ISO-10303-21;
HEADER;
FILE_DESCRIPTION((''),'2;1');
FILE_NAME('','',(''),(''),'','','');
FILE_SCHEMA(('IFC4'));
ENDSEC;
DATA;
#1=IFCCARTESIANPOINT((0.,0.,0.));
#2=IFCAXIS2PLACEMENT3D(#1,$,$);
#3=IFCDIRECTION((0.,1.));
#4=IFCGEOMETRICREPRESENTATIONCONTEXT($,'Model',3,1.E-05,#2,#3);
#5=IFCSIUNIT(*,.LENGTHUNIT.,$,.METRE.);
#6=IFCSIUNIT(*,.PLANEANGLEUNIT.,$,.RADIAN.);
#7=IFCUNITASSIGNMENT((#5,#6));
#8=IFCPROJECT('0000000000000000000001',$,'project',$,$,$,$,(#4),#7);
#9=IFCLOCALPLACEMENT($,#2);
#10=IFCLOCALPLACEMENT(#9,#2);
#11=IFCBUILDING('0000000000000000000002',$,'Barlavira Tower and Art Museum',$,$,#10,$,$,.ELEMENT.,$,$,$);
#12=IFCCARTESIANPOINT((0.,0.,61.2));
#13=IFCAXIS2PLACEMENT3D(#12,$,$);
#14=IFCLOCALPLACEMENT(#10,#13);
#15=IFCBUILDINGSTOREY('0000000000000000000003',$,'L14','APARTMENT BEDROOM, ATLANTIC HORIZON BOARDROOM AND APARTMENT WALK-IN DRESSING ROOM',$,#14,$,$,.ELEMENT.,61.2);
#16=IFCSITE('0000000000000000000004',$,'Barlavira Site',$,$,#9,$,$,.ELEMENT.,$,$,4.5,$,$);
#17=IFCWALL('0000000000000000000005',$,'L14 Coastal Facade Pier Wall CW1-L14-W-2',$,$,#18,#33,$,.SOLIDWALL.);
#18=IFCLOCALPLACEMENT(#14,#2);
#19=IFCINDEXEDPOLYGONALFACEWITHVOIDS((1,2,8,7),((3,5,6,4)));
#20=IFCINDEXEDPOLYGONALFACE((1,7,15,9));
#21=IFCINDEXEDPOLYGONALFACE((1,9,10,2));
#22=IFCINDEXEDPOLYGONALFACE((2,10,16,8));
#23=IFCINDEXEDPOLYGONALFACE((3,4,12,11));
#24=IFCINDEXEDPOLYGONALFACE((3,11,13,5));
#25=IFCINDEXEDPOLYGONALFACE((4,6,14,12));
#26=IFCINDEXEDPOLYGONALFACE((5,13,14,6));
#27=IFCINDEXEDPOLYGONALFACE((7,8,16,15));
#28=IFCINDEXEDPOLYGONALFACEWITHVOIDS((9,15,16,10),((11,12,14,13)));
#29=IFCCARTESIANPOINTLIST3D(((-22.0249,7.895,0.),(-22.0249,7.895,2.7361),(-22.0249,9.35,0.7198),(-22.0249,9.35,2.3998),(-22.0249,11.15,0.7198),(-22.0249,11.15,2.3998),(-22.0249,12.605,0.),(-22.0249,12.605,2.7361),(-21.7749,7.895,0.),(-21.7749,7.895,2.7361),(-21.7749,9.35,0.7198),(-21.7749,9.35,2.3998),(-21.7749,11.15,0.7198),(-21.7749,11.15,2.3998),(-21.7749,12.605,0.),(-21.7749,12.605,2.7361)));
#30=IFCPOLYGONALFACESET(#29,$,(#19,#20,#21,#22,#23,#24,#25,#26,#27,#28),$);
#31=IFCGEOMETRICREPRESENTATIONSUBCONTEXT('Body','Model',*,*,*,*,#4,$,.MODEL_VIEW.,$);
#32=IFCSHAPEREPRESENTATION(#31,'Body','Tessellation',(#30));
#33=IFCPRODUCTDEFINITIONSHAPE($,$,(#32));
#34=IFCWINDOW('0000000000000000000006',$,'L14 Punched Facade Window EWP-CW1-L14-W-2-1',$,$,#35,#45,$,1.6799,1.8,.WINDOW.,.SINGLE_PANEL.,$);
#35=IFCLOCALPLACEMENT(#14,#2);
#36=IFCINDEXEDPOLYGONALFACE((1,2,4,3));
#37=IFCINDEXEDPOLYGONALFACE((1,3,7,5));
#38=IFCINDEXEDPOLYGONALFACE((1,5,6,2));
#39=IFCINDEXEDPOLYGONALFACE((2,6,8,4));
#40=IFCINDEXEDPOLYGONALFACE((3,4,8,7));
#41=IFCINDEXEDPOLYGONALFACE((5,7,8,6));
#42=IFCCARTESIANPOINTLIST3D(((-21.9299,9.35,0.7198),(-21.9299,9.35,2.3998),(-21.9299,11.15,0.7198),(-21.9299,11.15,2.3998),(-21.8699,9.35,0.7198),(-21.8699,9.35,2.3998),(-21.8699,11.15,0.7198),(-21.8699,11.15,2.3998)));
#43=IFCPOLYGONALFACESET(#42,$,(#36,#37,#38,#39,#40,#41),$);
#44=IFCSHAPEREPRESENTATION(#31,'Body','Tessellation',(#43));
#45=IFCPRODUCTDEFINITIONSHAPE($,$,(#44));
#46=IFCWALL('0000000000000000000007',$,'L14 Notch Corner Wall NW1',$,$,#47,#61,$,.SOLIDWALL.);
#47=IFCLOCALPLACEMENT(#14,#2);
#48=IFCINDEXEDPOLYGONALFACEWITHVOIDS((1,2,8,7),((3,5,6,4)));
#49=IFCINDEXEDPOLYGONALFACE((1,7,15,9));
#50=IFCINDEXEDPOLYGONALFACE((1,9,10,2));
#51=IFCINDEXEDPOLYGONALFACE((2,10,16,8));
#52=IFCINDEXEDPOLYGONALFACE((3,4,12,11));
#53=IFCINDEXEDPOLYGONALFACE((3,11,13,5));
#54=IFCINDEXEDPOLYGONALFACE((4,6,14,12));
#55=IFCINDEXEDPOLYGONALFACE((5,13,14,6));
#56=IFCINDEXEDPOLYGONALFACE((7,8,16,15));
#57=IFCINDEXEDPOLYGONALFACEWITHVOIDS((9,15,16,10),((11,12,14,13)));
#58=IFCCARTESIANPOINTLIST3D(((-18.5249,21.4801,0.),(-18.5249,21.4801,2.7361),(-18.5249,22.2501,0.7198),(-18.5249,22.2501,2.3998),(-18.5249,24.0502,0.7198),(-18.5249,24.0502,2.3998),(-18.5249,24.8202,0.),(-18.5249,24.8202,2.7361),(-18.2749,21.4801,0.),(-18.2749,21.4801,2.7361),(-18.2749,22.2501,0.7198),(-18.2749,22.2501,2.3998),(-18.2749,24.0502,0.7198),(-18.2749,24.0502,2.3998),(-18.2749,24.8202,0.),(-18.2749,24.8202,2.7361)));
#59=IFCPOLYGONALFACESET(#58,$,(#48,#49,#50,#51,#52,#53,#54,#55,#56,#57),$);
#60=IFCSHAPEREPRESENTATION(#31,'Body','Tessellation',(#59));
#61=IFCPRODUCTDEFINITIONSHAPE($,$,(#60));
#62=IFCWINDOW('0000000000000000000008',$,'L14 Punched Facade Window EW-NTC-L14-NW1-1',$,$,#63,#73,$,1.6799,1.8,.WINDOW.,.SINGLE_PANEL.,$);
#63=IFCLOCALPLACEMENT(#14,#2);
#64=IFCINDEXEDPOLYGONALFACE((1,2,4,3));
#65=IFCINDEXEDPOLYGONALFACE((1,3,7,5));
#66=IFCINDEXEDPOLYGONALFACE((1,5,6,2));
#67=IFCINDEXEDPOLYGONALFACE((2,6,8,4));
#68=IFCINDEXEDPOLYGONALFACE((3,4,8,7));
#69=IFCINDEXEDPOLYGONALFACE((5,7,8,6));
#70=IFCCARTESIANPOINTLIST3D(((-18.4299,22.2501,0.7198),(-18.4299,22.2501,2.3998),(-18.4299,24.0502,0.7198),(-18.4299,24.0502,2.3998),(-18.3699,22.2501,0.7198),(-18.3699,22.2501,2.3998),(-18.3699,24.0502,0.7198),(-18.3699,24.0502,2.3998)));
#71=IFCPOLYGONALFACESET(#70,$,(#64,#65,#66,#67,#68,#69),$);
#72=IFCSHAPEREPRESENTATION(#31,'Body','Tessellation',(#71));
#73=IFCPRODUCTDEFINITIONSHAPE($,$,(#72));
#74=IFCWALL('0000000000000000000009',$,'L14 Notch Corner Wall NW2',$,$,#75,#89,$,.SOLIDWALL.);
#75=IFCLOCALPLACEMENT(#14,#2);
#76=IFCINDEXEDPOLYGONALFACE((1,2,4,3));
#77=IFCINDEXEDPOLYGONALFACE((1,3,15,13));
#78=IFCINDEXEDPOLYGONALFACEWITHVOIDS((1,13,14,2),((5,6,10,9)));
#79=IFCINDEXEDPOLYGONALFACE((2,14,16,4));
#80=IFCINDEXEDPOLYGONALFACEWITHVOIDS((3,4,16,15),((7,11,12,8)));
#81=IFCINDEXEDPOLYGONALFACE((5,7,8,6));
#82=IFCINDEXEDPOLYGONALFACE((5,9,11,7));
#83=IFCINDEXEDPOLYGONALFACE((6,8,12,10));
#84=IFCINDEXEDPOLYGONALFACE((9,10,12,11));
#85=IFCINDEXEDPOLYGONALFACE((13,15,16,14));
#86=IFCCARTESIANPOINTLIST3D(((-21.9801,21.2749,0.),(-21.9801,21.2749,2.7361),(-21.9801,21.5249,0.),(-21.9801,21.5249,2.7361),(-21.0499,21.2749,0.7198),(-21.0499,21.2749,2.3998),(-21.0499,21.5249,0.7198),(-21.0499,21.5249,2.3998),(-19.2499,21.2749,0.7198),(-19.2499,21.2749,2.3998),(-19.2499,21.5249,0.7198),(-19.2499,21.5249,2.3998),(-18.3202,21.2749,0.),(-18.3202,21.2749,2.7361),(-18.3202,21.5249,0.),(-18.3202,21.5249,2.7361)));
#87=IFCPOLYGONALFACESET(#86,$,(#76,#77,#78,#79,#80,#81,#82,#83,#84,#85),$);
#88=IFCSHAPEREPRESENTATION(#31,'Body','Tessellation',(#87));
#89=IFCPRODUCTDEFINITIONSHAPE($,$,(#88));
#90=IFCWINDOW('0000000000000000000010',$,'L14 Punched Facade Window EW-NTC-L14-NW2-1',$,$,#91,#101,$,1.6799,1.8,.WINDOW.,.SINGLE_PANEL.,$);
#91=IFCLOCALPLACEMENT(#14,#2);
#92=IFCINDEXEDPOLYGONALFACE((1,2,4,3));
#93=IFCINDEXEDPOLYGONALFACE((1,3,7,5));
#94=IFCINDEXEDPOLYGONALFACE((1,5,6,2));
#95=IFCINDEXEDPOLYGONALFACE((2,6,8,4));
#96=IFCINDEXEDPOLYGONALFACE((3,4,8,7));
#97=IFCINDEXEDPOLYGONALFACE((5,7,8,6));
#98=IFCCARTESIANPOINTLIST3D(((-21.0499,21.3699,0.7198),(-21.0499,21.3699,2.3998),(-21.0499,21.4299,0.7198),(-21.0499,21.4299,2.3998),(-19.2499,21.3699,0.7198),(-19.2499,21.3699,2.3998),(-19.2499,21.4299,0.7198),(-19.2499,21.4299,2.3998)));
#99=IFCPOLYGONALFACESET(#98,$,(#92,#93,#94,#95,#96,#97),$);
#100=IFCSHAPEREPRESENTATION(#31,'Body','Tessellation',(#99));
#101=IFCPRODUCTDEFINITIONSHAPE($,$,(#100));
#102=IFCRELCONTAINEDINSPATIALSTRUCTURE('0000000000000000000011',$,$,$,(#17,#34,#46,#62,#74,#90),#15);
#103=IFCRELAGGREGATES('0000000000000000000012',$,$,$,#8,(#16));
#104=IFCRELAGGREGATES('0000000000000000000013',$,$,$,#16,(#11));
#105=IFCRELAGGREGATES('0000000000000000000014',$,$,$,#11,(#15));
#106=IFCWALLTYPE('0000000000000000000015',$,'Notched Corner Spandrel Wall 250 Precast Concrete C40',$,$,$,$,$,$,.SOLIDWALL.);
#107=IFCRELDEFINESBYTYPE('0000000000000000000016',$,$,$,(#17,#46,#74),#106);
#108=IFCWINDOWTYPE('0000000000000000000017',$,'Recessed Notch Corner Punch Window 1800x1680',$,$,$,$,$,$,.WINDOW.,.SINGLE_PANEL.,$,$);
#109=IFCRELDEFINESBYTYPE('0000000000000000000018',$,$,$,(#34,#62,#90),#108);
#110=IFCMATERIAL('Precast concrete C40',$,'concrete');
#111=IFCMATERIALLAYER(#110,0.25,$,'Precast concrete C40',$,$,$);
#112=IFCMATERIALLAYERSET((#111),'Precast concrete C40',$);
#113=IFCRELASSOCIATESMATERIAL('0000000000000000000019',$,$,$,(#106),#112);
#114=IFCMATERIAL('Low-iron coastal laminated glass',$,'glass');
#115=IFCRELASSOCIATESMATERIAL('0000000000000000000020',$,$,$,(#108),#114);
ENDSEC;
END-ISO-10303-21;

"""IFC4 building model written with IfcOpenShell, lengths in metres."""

from ifc_helpers import new_model, si_unit, direction, frame, frame_2d, origin, place, context, subcontext, project, spatial, rectangle, extrude, material, layer, layer_set, type_object, element, fill, save


model = new_model("IFC4")

# Units and contexts
model_context = context("Model", 3, precision=1e-05, world=origin(), true_north=direction((0.0, 1.0)))
body_context = subcontext(model_context, "Body", "Model", "MODEL_VIEW")
ifc_project = project(units=[si_unit("LENGTHUNIT", "METRE"), si_unit("PLANEANGLEUNIT", "RADIAN")], contexts=[model_context])

# Site, building, storey
site_placement = place(None, origin())
site = spatial("IfcSite", under=ifc_project, at=site_placement, Name="Barlavira Site", CompositionType="ELEMENT", RefElevation=4.5)
building_placement = place(site_placement, origin())
building = spatial("IfcBuilding", under=site, at=building_placement, Name="Barlavira Tower and Art Museum", CompositionType="ELEMENT")
storey_placement = place(building_placement, frame((0.0, 0.0, 61.2)))
storey = spatial("IfcBuildingStorey", under=building, at=storey_placement, Name="L14", Description="APARTMENT BEDROOM, ATLANTIC HORIZON BOARDROOM AND APARTMENT WALK-IN DRESSING ROOM", CompositionType="ELEMENT", Elevation=61.2)

# Shared definitions
ifc_material_1 = material(Name="Precast concrete C40", Category="concrete")
ifc_layer_1 = layer(ifc_material_1, 0.25, Name="Precast concrete C40")
ifc_layer_set_1 = layer_set([ifc_layer_1], Name="Precast concrete C40")
wall_type_1 = type_object("IfcWallType", Name="Notched Corner Spandrel Wall 250 Precast Concrete C40", PredefinedType="SOLIDWALL", material=ifc_layer_set_1)
ifc_material_2 = material(Name="Low-iron coastal laminated glass", Category="glass")
window_type_1 = type_object("IfcWindowType", Name="Recessed Notch Corner Punch Window 1800x1680", PartitioningType="SINGLE_PANEL", PredefinedType="WINDOW", material=ifc_material_2)

# Walls, openings, windows
wall_1_placement = place(storey_placement, frame((-21.8999, 12.605, 0.0), z_axis=(0.0, 0.0, 1.0), x_axis=(0.0, -1.0, 0.0)))
wall_1 = element("IfcWall", 1, at=wall_1_placement, inside=storey, type_object=wall_type_1, Name="L14 Coastal Facade Pier Wall CW1-L14-W-2", PredefinedType="SOLIDWALL", context=body_context, shape_type="SweptSolid", body=[
    extrude(rectangle(XDim=4.71, YDim=0.25, at=frame_2d((2.355, 0.0))), origin(), (0.0, 0.0, 1.0), 2.7361),
])
opening_1_placement = place(wall_1_placement, frame((1.4551, 0.0, 0.72)))
opening_1 = element("IfcOpeningElement", 2, at=opening_1_placement, cuts=wall_1, PredefinedType="OPENING", context=body_context, shape_type="SweptSolid", body=[
    extrude(rectangle(XDim=1.8, YDim=1.6799, at=frame_2d((0.8999, 0.8398))), frame((0.0, 0.135, 0.0), z_axis=(0.0, -1.0, 0.0), x_axis=(1.0, 0.0, 0.0)), (0.0, 0.0, 1.0), 0.27),
])
window_1_placement = place(opening_1_placement, origin())
window_1 = element("IfcWindow", 3, at=window_1_placement, inside=storey, type_object=window_type_1, Name="L14 Punched Facade Window EWP-CW1-L14-W-2-1", OverallHeight=1.6799, OverallWidth=1.8, PartitioningType="SINGLE_PANEL", PredefinedType="WINDOW", context=body_context, shape_type="SweptSolid", body=[
    extrude(rectangle(XDim=1.8, YDim=1.6799, at=frame_2d((0.8999, 0.8398))), frame((0.0, 0.03, 0.0), z_axis=(0.0, -1.0, 0.0), x_axis=(1.0, 0.0, 0.0)), (0.0, 0.0, 1.0), 0.0601),
])
fill(opening_1, window_1)
wall_2_placement = place(storey_placement, frame((-18.3999, 24.8201, 0.0), z_axis=(0.0, 0.0, 1.0), x_axis=(0.0, -1.0, 0.0)))
wall_2 = element("IfcWall", 4, at=wall_2_placement, inside=storey, type_object=wall_type_1, Name="L14 Notch Corner Wall NW1", PredefinedType="SOLIDWALL", context=body_context, shape_type="SweptSolid", body=[
    extrude(rectangle(XDim=3.3401, YDim=0.25, at=frame_2d((1.6699, 0.0))), origin(), (0.0, 0.0, 1.0), 2.7361),
])
opening_2_placement = place(wall_2_placement, frame((0.77, 0.0, 0.72)))
opening_2 = element("IfcOpeningElement", 5, at=opening_2_placement, cuts=wall_2, PredefinedType="OPENING", context=body_context, shape_type="SweptSolid", body=[
    extrude(rectangle(XDim=1.8, YDim=1.6799, at=frame_2d((0.8999, 0.8398))), frame((0.0, 0.135, 0.0), z_axis=(0.0, -1.0, 0.0), x_axis=(1.0, 0.0, 0.0)), (0.0, 0.0, 1.0), 0.27),
])
window_2_placement = place(opening_2_placement, origin())
window_2 = element("IfcWindow", 6, at=window_2_placement, inside=storey, type_object=window_type_1, Name="L14 Punched Facade Window EW-NTC-L14-NW1-1", OverallHeight=1.6799, OverallWidth=1.8, PartitioningType="SINGLE_PANEL", PredefinedType="WINDOW", context=body_context, shape_type="SweptSolid", body=[
    extrude(rectangle(XDim=1.8, YDim=1.6799, at=frame_2d((0.8999, 0.8398))), frame((0.0, 0.03, 0.0), z_axis=(0.0, -1.0, 0.0), x_axis=(1.0, 0.0, 0.0)), (0.0, 0.0, 1.0), 0.0601),
])
fill(opening_2, window_2)
wall_3_placement = place(storey_placement, frame((-18.3201, 21.3999, 0.0), z_axis=(0.0, 0.0, 1.0), x_axis=(-1.0, 0.0, 0.0)))
wall_3 = element("IfcWall", 7, at=wall_3_placement, inside=storey, type_object=wall_type_1, Name="L14 Notch Corner Wall NW2", PredefinedType="SOLIDWALL", context=body_context, shape_type="SweptSolid", body=[
    extrude(rectangle(XDim=3.6599, YDim=0.25, at=frame_2d((1.8301, 0.0))), origin(), (0.0, 0.0, 1.0), 2.7361),
])
opening_3_placement = place(wall_3_placement, frame((0.9299, 0.0, 0.72)))
opening_3 = element("IfcOpeningElement", 8, at=opening_3_placement, cuts=wall_3, PredefinedType="OPENING", context=body_context, shape_type="SweptSolid", body=[
    extrude(rectangle(XDim=1.8, YDim=1.6799, at=frame_2d((0.8999, 0.8398))), frame((0.0, 0.135, 0.0), z_axis=(0.0, -1.0, 0.0), x_axis=(1.0, 0.0, 0.0)), (0.0, 0.0, 1.0), 0.27),
])
window_3_placement = place(opening_3_placement, origin())
window_3 = element("IfcWindow", 9, at=window_3_placement, inside=storey, type_object=window_type_1, Name="L14 Punched Facade Window EW-NTC-L14-NW2-1", OverallHeight=1.6799, OverallWidth=1.8, PartitioningType="SINGLE_PANEL", PredefinedType="WINDOW", context=body_context, shape_type="SweptSolid", body=[
    extrude(rectangle(XDim=1.8, YDim=1.6799, at=frame_2d((0.8999, 0.8398))), frame((0.0, 0.03, 0.0), z_axis=(0.0, -1.0, 0.0), x_axis=(1.0, 0.0, 0.0)), (0.0, 0.0, 1.0), 0.0601),
])
fill(opening_3, window_3)

save(model, "model.ifc")
